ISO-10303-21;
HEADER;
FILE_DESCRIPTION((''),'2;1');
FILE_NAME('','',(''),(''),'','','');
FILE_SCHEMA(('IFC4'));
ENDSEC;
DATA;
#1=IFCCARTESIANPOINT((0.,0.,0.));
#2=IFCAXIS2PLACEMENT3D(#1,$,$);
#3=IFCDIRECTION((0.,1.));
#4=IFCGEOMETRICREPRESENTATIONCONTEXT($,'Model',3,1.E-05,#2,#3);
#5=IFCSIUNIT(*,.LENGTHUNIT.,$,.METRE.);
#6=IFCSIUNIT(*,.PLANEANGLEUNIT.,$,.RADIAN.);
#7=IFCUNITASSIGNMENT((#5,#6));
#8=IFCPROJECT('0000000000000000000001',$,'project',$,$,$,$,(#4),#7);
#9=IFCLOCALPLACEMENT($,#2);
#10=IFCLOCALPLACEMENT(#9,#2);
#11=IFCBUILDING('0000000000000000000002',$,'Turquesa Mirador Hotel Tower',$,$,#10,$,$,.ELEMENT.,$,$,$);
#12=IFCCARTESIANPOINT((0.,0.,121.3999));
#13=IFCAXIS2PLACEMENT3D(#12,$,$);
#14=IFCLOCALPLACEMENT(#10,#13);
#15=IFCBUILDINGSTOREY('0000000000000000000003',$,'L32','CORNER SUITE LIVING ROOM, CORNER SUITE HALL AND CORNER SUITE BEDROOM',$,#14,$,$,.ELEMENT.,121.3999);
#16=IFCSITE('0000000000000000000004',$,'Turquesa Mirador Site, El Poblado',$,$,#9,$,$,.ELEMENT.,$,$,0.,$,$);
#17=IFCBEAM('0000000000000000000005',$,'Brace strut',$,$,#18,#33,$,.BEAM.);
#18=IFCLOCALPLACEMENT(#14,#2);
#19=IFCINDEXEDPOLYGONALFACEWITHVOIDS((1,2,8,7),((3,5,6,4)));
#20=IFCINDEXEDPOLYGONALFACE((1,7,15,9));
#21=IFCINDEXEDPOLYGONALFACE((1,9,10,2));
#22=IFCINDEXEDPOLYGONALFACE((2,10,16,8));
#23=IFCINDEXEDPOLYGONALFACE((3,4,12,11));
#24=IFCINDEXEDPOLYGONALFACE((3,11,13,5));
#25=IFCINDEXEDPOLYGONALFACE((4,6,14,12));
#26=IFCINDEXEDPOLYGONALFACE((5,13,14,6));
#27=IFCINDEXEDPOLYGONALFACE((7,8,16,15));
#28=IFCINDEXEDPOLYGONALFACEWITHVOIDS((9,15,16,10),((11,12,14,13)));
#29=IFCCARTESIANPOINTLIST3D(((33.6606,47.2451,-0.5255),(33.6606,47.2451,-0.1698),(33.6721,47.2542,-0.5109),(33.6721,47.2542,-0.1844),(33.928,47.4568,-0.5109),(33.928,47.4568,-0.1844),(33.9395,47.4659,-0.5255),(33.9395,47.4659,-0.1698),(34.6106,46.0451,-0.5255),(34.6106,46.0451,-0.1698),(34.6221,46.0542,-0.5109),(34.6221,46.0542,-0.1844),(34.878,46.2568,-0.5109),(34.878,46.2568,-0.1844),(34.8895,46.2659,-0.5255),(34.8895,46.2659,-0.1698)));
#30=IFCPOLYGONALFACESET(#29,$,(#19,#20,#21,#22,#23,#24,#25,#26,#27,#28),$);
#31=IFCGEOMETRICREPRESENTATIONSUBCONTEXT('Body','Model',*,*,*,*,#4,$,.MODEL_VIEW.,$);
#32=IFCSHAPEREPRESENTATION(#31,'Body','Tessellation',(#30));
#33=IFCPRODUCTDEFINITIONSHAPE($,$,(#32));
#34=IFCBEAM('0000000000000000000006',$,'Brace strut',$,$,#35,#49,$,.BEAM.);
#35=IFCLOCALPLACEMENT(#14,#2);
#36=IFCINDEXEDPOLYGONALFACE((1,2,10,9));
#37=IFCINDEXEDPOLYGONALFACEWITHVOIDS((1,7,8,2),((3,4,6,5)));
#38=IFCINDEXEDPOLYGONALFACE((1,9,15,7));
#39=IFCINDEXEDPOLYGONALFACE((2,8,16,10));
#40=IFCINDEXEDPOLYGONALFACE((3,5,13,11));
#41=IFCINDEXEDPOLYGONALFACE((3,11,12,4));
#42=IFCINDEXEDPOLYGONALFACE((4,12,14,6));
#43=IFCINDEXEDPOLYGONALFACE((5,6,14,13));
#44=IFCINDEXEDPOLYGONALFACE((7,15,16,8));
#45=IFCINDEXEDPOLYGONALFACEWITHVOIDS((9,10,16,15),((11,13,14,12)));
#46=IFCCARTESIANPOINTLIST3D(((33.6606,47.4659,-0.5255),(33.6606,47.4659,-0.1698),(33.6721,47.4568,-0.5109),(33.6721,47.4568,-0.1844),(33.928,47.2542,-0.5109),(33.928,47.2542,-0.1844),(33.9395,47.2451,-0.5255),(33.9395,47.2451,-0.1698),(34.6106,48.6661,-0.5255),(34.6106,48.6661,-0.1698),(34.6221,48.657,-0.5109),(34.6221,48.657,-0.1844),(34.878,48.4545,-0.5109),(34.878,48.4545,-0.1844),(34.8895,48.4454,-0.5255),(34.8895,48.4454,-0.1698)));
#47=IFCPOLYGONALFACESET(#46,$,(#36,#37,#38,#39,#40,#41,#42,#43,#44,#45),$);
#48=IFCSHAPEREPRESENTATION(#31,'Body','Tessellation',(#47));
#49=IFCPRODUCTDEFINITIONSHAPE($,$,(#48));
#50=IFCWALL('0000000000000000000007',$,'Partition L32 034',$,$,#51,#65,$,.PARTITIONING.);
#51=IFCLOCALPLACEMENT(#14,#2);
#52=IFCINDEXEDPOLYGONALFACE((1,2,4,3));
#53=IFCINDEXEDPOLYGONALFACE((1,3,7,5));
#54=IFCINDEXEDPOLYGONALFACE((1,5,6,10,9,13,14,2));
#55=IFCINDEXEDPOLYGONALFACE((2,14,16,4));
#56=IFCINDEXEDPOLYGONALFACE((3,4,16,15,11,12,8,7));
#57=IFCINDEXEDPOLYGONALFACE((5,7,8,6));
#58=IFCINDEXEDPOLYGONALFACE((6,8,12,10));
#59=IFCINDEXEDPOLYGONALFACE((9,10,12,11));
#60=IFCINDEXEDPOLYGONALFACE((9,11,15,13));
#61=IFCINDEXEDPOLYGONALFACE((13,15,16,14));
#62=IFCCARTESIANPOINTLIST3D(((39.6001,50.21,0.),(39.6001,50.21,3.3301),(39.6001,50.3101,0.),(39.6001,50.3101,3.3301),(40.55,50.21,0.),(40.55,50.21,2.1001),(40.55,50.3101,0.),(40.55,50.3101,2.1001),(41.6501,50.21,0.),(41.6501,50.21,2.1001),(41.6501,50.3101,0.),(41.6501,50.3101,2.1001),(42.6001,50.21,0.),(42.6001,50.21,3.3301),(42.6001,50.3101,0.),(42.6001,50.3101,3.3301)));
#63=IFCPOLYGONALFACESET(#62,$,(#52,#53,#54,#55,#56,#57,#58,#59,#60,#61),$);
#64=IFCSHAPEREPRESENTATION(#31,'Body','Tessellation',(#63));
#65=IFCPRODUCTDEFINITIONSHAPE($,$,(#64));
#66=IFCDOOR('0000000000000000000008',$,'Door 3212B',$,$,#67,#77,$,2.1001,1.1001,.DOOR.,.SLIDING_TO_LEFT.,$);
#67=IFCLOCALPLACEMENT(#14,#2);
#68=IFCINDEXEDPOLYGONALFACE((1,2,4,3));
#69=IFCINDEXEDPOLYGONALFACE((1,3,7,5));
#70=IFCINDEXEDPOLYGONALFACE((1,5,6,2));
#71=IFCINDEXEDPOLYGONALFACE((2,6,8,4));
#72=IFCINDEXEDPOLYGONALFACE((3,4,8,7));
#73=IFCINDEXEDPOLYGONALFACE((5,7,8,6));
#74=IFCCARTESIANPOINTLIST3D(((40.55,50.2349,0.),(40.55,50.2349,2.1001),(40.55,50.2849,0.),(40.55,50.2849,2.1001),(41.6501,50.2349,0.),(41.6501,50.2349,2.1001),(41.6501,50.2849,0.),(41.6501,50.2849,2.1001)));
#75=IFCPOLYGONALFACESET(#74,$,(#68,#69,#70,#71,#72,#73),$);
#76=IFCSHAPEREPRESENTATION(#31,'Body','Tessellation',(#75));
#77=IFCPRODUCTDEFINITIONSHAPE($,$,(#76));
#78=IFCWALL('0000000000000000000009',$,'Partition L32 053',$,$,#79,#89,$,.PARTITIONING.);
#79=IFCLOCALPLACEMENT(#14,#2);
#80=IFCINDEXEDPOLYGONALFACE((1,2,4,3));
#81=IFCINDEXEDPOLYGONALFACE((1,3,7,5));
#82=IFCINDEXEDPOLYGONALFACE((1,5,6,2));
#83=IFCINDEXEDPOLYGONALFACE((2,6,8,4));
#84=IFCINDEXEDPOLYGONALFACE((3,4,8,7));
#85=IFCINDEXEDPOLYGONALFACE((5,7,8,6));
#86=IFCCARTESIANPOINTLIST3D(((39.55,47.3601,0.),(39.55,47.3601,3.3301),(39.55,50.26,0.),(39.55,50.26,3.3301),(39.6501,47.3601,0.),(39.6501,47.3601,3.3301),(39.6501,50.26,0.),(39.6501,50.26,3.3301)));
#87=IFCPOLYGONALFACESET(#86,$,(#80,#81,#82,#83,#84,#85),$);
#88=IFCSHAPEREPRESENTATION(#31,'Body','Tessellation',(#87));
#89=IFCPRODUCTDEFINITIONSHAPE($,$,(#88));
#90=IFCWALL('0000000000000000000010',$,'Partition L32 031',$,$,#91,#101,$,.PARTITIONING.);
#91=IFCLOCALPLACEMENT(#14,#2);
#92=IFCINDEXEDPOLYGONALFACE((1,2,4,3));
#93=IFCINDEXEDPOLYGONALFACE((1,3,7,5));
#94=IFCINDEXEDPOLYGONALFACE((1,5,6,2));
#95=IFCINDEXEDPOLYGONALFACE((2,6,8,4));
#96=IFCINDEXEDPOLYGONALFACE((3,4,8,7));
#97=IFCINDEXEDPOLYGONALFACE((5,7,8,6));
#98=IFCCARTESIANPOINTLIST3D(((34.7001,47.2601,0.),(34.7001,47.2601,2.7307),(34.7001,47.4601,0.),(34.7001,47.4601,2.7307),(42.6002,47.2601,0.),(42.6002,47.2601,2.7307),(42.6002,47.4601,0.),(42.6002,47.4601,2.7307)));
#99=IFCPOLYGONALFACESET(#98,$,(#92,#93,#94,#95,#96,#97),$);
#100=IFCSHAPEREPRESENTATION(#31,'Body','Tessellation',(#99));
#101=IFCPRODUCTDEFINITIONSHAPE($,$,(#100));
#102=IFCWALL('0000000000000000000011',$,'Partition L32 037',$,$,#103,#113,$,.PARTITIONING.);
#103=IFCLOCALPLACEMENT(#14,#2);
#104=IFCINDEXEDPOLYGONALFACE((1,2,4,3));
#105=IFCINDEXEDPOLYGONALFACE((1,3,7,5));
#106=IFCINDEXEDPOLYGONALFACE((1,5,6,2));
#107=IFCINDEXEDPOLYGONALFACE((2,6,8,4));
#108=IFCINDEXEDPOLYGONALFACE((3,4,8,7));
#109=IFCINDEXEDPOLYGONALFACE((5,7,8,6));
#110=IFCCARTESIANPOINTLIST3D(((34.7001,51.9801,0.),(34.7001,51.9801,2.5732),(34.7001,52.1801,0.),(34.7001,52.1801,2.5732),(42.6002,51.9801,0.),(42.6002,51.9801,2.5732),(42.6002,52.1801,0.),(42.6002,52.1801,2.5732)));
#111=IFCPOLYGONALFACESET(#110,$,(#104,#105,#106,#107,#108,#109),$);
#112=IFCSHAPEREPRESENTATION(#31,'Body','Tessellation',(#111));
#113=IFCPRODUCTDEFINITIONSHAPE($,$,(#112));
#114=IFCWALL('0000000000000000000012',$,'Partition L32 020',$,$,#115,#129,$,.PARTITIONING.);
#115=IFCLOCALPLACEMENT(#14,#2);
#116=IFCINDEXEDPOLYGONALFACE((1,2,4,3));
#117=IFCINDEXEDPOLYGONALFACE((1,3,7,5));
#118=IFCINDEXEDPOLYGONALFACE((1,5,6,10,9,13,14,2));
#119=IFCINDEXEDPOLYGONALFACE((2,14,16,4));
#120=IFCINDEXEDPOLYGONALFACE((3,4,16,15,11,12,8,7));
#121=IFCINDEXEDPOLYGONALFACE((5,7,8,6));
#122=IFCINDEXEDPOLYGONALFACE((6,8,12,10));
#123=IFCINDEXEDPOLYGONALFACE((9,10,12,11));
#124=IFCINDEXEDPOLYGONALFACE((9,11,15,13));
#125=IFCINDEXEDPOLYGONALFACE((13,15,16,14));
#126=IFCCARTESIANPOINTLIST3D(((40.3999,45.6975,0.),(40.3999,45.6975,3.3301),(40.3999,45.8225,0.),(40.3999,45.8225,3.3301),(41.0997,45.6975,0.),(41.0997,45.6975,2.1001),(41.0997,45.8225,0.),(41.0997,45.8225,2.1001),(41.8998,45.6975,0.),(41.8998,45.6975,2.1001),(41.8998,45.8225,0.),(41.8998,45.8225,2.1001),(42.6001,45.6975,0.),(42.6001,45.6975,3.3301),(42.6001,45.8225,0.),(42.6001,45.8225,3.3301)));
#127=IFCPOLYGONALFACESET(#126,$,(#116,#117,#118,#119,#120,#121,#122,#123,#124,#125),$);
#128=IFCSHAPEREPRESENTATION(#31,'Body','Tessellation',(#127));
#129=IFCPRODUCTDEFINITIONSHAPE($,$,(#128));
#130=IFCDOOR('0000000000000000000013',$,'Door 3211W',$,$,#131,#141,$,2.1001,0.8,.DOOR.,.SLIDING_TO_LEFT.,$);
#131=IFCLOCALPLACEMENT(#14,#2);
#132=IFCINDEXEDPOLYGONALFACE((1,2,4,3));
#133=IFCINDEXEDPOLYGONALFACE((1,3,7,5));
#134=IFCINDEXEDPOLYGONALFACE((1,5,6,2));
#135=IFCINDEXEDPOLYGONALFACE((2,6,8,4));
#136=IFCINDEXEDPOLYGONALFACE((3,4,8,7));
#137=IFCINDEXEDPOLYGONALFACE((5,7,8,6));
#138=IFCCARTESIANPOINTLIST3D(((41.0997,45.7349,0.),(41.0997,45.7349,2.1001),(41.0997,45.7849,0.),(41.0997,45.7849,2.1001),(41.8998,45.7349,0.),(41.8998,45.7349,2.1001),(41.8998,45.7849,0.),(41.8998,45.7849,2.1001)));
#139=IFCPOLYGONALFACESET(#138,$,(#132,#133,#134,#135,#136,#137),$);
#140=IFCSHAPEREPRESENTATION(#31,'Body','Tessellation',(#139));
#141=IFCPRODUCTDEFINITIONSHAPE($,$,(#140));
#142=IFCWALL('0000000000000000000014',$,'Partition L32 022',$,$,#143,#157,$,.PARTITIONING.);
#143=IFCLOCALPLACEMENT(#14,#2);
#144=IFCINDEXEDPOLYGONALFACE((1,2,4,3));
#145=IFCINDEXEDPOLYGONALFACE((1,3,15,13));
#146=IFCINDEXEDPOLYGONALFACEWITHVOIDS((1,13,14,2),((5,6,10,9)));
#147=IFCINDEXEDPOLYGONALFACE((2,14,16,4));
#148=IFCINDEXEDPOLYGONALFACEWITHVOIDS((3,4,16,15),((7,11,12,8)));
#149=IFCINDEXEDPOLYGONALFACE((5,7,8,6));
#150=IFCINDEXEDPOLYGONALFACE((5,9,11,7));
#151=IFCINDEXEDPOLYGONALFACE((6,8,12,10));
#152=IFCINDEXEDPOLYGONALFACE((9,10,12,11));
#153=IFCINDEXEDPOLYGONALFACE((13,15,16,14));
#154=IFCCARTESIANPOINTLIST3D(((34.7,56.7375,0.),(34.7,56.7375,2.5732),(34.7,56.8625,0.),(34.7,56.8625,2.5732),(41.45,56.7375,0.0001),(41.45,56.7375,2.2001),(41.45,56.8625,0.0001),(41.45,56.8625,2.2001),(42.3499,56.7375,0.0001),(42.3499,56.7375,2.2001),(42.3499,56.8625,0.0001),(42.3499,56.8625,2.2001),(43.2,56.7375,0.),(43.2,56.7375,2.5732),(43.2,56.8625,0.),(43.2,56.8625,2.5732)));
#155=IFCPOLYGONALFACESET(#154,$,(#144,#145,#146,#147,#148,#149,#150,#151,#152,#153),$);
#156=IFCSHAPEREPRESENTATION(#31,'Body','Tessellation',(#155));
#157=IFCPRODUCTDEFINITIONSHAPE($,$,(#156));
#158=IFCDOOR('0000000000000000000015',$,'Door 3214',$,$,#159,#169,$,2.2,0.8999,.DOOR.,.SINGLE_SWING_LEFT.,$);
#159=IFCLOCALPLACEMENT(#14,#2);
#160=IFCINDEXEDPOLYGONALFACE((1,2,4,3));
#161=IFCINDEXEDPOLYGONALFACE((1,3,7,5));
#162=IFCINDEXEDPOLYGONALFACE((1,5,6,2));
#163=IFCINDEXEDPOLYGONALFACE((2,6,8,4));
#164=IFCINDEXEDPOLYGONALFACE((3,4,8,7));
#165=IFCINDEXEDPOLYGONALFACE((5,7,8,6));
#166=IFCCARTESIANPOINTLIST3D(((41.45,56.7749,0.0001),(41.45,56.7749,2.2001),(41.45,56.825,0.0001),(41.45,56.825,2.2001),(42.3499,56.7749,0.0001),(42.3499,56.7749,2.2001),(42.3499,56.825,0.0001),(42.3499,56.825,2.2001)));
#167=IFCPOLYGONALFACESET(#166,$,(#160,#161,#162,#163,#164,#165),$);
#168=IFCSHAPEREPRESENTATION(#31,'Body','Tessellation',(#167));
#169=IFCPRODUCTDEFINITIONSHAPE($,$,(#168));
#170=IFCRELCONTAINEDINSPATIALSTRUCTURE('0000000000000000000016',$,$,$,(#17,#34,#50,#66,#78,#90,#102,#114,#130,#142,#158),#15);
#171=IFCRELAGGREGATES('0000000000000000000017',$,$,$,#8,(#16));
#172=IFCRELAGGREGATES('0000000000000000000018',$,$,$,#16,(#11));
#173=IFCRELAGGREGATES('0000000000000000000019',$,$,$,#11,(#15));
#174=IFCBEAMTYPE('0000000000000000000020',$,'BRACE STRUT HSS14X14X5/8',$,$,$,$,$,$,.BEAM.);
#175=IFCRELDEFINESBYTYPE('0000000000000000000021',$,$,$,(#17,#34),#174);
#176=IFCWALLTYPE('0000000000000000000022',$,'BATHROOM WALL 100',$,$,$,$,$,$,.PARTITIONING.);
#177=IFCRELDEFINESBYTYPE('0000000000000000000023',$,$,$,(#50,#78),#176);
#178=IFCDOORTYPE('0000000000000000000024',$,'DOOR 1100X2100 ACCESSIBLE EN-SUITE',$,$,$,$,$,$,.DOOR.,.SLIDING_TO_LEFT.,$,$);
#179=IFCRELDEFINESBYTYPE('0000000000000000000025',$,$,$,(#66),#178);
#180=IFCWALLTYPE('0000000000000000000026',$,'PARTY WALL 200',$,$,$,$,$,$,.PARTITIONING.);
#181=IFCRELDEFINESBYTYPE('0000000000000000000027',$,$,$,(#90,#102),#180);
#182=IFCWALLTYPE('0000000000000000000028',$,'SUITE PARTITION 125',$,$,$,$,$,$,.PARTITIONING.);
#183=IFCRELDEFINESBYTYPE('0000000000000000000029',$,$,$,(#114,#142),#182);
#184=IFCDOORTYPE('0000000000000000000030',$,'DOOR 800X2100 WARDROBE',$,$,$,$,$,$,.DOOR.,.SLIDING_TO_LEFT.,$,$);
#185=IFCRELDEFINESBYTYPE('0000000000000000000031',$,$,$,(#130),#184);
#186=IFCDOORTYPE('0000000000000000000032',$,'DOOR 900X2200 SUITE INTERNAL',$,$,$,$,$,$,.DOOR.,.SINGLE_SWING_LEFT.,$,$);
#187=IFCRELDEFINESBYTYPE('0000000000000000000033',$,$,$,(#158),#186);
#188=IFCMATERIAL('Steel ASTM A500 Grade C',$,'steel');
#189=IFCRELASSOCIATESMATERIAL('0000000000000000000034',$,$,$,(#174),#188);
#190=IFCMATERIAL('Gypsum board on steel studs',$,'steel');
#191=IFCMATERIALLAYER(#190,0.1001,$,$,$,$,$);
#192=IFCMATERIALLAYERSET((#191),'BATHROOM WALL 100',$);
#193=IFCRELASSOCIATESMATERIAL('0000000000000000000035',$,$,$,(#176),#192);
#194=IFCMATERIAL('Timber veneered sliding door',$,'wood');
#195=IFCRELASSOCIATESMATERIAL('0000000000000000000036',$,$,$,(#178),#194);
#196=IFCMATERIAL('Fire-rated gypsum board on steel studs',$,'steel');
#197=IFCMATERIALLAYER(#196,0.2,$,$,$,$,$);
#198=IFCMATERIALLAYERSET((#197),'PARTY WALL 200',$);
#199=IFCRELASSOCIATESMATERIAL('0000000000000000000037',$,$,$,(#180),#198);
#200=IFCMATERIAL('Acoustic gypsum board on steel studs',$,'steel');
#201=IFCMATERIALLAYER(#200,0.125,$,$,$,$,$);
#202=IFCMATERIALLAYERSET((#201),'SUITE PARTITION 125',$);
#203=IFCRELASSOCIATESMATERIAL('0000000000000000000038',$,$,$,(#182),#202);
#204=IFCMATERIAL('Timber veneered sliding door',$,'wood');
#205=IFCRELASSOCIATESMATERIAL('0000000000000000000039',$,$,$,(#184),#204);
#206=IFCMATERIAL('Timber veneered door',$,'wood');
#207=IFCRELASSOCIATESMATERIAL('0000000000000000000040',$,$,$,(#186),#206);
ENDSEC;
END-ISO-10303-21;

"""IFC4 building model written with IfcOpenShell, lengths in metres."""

from ifc_helpers import new_model, si_unit, direction, frame, frame_2d, origin, origin_2d, place, context, subcontext, project, spatial, rectangle, hollow_rectangle, extrude, material, layer, layer_set, material_profile, profile_set, type_object, element, fill, save


model = new_model("IFC4")

# Units and contexts
model_context = context("Model", 3, precision=1e-05, world=origin(), true_north=direction((0.0, 1.0)))
body_context = subcontext(model_context, "Body", "Model", "MODEL_VIEW")
ifc_project = project(units=[si_unit("LENGTHUNIT", "METRE"), si_unit("PLANEANGLEUNIT", "RADIAN")], contexts=[model_context])

# Site, building, storey
site_placement = place(None, origin())
site = spatial("IfcSite", under=ifc_project, at=site_placement, Name="Turquesa Mirador Site, El Poblado", CompositionType="ELEMENT", RefElevation=0.0)
building_placement = place(site_placement, origin())
building = spatial("IfcBuilding", under=site, at=building_placement, Name="Turquesa Mirador Hotel Tower", CompositionType="ELEMENT")
storey_placement = place(building_placement, frame((0.0, 0.0, 121.3999)))
storey = spatial("IfcBuildingStorey", under=building, at=storey_placement, Name="L32", Description="CORNER SUITE LIVING ROOM, CORNER SUITE HALL AND CORNER SUITE BEDROOM", CompositionType="ELEMENT", Elevation=121.3999)

# Beams
ifc_material_1 = material(Name="Steel ASTM A500 Grade C", Category="steel")
ifc_material_profile_1 = material_profile(ifc_material_1, hollow_rectangle(XDim=0.3557, YDim=0.3557, WallThickness=0.0146, at=origin_2d()), Name="HSS14X14X5/8")
ifc_profile_set_1 = profile_set([ifc_material_profile_1], Name="Steel ASTM A500 Grade C")
beam_type_1 = type_object("IfcBeamType", Name="BRACE STRUT HSS14X14X5/8", PredefinedType="BEAM", material=ifc_profile_set_1)
beam_1_placement = place(storey_placement, frame((33.8, 47.3555, -0.3477), z_axis=(0.620699, -0.784049, 0.0), x_axis=(0.784049, 0.620699, 0.0)))
element("IfcBeam", 1, at=beam_1_placement, inside=storey, type_object=beam_type_1, Name="Brace strut", PredefinedType="BEAM", context=body_context, shape_type="SweptSolid", body=[
    extrude(hollow_rectangle(XDim=0.3557, YDim=0.3557, WallThickness=0.0146, at=origin_2d()), origin(), (0.0, 0.0, 1.0), 1.5305),
])
beam_2_placement = place(storey_placement, frame((33.8, 47.3555, -0.3477), z_axis=(0.620621, 0.784111, 0.0), x_axis=(-0.784111, 0.620621, 0.0)))
element("IfcBeam", 2, at=beam_2_placement, inside=storey, type_object=beam_type_1, Name="Brace strut", PredefinedType="BEAM", context=body_context, shape_type="SweptSolid", body=[
    extrude(hollow_rectangle(XDim=0.3557, YDim=0.3557, WallThickness=0.0146, at=origin_2d()), origin(), (0.0, 0.0, 1.0), 1.5308),
])

# Wall, opening, door
ifc_material_2 = material(Name="Gypsum board on steel studs", Category="steel")
ifc_layer_1 = layer(ifc_material_2, 0.1001)
ifc_layer_set_1 = layer_set([ifc_layer_1], Name="BATHROOM WALL 100")
wall_type_1 = type_object("IfcWallType", Name="BATHROOM WALL 100", PredefinedType="PARTITIONING", material=ifc_layer_set_1)
wall_1_placement = place(storey_placement, frame((39.6001, 50.26, 0.0), z_axis=(0.0, 0.0, 1.0), x_axis=(1.0, 0.0, 0.0)))
wall_1 = element("IfcWall", 3, at=wall_1_placement, inside=storey, type_object=wall_type_1, Name="Partition L32 034", PredefinedType="PARTITIONING", context=body_context, shape_type="SweptSolid", body=[
    extrude(rectangle(XDim=3.0, YDim=0.1001, at=frame_2d((1.5, 0.0))), origin(), (0.0, 0.0, 1.0), 3.3301),
])
opening_1_placement = place(wall_1_placement, frame((0.95, 0.0, 0.0)))
opening_1 = element("IfcOpeningElement", 4, at=opening_1_placement, cuts=wall_1, PredefinedType="OPENING", context=body_context, shape_type="SweptSolid", body=[
    extrude(rectangle(XDim=1.1001, YDim=2.1001, at=frame_2d((0.55, 1.05))), frame((0.0, 0.0601, 0.0), z_axis=(0.0, -1.0, 0.0), x_axis=(1.0, 0.0, 0.0)), (0.0, 0.0, 1.0), 0.1201),
])
ifc_material_3 = material(Name="Timber veneered sliding door", Category="wood")
door_type_1 = type_object("IfcDoorType", Name="DOOR 1100X2100 ACCESSIBLE EN-SUITE", OperationType="SLIDING_TO_LEFT", PredefinedType="DOOR", material=ifc_material_3)
door_1_placement = place(opening_1_placement, origin())
door_1 = element("IfcDoor", 5, at=door_1_placement, inside=storey, type_object=door_type_1, Name="Door 3212B", OperationType="SLIDING_TO_LEFT", OverallHeight=2.1001, OverallWidth=1.1001, PredefinedType="DOOR", context=body_context, shape_type="SweptSolid", body=[
    extrude(rectangle(XDim=1.1001, YDim=2.1001, at=frame_2d((0.55, 1.05))), frame((0.0, 0.0249, 0.0), z_axis=(0.0, -1.0, 0.0), x_axis=(1.0, 0.0, 0.0)), (0.0, 0.0, 1.0), 0.05),
])
fill(opening_1, door_1)

# Walls
wall_2_placement = place(storey_placement, frame((39.6001, 47.3601, 0.0), z_axis=(0.0, 0.0, 1.0), x_axis=(0.0, 1.0, 0.0)))
element("IfcWall", 6, at=wall_2_placement, inside=storey, type_object=wall_type_1, Name="Partition L32 053", PredefinedType="PARTITIONING", context=body_context, shape_type="SweptSolid", body=[
    extrude(rectangle(XDim=2.8999, YDim=0.1001, at=frame_2d((1.45, 0.0))), origin(), (0.0, 0.0, 1.0), 3.3301),
])
ifc_material_4 = material(Name="Fire-rated gypsum board on steel studs", Category="steel")
ifc_layer_2 = layer(ifc_material_4, 0.2)
ifc_layer_set_2 = layer_set([ifc_layer_2], Name="PARTY WALL 200")
wall_type_2 = type_object("IfcWallType", Name="PARTY WALL 200", PredefinedType="PARTITIONING", material=ifc_layer_set_2)
wall_3_placement = place(storey_placement, frame((34.7, 47.3601, 0.0), z_axis=(0.0, 0.0, 1.0), x_axis=(1.0, 0.0, 0.0)))
element("IfcWall", 7, at=wall_3_placement, inside=storey, type_object=wall_type_2, Name="Partition L32 031", PredefinedType="PARTITIONING", context=body_context, shape_type="SweptSolid", body=[
    extrude(rectangle(XDim=7.9001, YDim=0.2, at=frame_2d((3.9502, 0.0))), origin(), (0.0, 0.0, 1.0), 2.7307),
])
wall_4_placement = place(storey_placement, frame((34.7, 52.0801, 0.0), z_axis=(0.0, 0.0, 1.0), x_axis=(1.0, 0.0, 0.0)))
element("IfcWall", 8, at=wall_4_placement, inside=storey, type_object=wall_type_2, Name="Partition L32 037", PredefinedType="PARTITIONING", context=body_context, shape_type="SweptSolid", body=[
    extrude(rectangle(XDim=7.9001, YDim=0.2, at=frame_2d((3.9502, 0.0))), origin(), (0.0, 0.0, 1.0), 2.5732),
])

# Walls, openings, doors
ifc_material_5 = material(Name="Acoustic gypsum board on steel studs", Category="steel")
ifc_layer_3 = layer(ifc_material_5, 0.125)
ifc_layer_set_3 = layer_set([ifc_layer_3], Name="SUITE PARTITION 125")
wall_type_3 = type_object("IfcWallType", Name="SUITE PARTITION 125", PredefinedType="PARTITIONING", material=ifc_layer_set_3)
wall_5_placement = place(storey_placement, frame((40.3999, 45.76, 0.0), z_axis=(0.0, 0.0, 1.0), x_axis=(1.0, 0.0, 0.0)))
wall_5 = element("IfcWall", 9, at=wall_5_placement, inside=storey, type_object=wall_type_3, Name="Partition L32 020", PredefinedType="PARTITIONING", context=body_context, shape_type="SweptSolid", body=[
    extrude(rectangle(XDim=2.2002, YDim=0.125, at=frame_2d((1.1001, 0.0))), origin(), (0.0, 0.0, 1.0), 3.3301),
])
opening_2_placement = place(wall_5_placement, frame((0.7, 0.0, 0.0)))
opening_2 = element("IfcOpeningElement", 10, at=opening_2_placement, cuts=wall_5, PredefinedType="OPENING", context=body_context, shape_type="SweptSolid", body=[
    extrude(rectangle(XDim=0.8, YDim=2.1001, at=frame_2d((0.3999, 1.05))), frame((0.0, 0.0725, 0.0), z_axis=(0.0, -1.0, 0.0), x_axis=(1.0, 0.0, 0.0)), (0.0, 0.0, 1.0), 0.145),
])
ifc_material_6 = material(Name="Timber veneered sliding door", Category="wood")
door_type_2 = type_object("IfcDoorType", Name="DOOR 800X2100 WARDROBE", OperationType="SLIDING_TO_LEFT", PredefinedType="DOOR", material=ifc_material_6)
door_2_placement = place(opening_2_placement, origin())
door_2 = element("IfcDoor", 11, at=door_2_placement, inside=storey, type_object=door_type_2, Name="Door 3211W", OperationType="SLIDING_TO_LEFT", OverallHeight=2.1001, OverallWidth=0.8, PredefinedType="DOOR", context=body_context, shape_type="SweptSolid", body=[
    extrude(rectangle(XDim=0.8, YDim=2.1001, at=frame_2d((0.3999, 1.05))), frame((0.0, 0.0249, 0.0), z_axis=(0.0, -1.0, 0.0), x_axis=(1.0, 0.0, 0.0)), (0.0, 0.0, 1.0), 0.05),
])
fill(opening_2, door_2)
wall_6_placement = place(storey_placement, frame((34.7, 56.8, 0.0), z_axis=(0.0, 0.0, 1.0), x_axis=(1.0, 0.0, 0.0)))
wall_6 = element("IfcWall", 12, at=wall_6_placement, inside=storey, type_object=wall_type_3, Name="Partition L32 022", PredefinedType="PARTITIONING", context=body_context, shape_type="SweptSolid", body=[
    extrude(rectangle(XDim=8.5, YDim=0.125, at=frame_2d((4.25, 0.0))), origin(), (0.0, 0.0, 1.0), 2.5732),
])
opening_3_placement = place(wall_6_placement, frame((6.75, 0.0, 0.0)))
opening_3 = element("IfcOpeningElement", 13, at=opening_3_placement, cuts=wall_6, PredefinedType="OPENING", context=body_context, shape_type="SweptSolid", body=[
    extrude(rectangle(XDim=0.8999, YDim=2.2, at=frame_2d((0.45, 1.1001))), frame((0.0, 0.0725, 0.0), z_axis=(0.0, -1.0, 0.0), x_axis=(1.0, 0.0, 0.0)), (0.0, 0.0, 1.0), 0.145),
])
ifc_material_7 = material(Name="Timber veneered door", Category="wood")
door_type_3 = type_object("IfcDoorType", Name="DOOR 900X2200 SUITE INTERNAL", OperationType="SINGLE_SWING_LEFT", PredefinedType="DOOR", material=ifc_material_7)
door_3_placement = place(opening_3_placement, origin())
door_3 = element("IfcDoor", 14, at=door_3_placement, inside=storey, type_object=door_type_3, Name="Door 3214", OperationType="SINGLE_SWING_LEFT", OverallHeight=2.2, OverallWidth=0.8999, PredefinedType="DOOR", context=body_context, shape_type="SweptSolid", body=[
    extrude(rectangle(XDim=0.8999, YDim=2.2, at=frame_2d((0.45, 1.1001))), frame((0.0, 0.0249, 0.0), z_axis=(0.0, -1.0, 0.0), x_axis=(1.0, 0.0, 0.0)), (0.0, 0.0, 1.0), 0.05),
])
fill(opening_3, door_3)

save(model, "model.ifc")
